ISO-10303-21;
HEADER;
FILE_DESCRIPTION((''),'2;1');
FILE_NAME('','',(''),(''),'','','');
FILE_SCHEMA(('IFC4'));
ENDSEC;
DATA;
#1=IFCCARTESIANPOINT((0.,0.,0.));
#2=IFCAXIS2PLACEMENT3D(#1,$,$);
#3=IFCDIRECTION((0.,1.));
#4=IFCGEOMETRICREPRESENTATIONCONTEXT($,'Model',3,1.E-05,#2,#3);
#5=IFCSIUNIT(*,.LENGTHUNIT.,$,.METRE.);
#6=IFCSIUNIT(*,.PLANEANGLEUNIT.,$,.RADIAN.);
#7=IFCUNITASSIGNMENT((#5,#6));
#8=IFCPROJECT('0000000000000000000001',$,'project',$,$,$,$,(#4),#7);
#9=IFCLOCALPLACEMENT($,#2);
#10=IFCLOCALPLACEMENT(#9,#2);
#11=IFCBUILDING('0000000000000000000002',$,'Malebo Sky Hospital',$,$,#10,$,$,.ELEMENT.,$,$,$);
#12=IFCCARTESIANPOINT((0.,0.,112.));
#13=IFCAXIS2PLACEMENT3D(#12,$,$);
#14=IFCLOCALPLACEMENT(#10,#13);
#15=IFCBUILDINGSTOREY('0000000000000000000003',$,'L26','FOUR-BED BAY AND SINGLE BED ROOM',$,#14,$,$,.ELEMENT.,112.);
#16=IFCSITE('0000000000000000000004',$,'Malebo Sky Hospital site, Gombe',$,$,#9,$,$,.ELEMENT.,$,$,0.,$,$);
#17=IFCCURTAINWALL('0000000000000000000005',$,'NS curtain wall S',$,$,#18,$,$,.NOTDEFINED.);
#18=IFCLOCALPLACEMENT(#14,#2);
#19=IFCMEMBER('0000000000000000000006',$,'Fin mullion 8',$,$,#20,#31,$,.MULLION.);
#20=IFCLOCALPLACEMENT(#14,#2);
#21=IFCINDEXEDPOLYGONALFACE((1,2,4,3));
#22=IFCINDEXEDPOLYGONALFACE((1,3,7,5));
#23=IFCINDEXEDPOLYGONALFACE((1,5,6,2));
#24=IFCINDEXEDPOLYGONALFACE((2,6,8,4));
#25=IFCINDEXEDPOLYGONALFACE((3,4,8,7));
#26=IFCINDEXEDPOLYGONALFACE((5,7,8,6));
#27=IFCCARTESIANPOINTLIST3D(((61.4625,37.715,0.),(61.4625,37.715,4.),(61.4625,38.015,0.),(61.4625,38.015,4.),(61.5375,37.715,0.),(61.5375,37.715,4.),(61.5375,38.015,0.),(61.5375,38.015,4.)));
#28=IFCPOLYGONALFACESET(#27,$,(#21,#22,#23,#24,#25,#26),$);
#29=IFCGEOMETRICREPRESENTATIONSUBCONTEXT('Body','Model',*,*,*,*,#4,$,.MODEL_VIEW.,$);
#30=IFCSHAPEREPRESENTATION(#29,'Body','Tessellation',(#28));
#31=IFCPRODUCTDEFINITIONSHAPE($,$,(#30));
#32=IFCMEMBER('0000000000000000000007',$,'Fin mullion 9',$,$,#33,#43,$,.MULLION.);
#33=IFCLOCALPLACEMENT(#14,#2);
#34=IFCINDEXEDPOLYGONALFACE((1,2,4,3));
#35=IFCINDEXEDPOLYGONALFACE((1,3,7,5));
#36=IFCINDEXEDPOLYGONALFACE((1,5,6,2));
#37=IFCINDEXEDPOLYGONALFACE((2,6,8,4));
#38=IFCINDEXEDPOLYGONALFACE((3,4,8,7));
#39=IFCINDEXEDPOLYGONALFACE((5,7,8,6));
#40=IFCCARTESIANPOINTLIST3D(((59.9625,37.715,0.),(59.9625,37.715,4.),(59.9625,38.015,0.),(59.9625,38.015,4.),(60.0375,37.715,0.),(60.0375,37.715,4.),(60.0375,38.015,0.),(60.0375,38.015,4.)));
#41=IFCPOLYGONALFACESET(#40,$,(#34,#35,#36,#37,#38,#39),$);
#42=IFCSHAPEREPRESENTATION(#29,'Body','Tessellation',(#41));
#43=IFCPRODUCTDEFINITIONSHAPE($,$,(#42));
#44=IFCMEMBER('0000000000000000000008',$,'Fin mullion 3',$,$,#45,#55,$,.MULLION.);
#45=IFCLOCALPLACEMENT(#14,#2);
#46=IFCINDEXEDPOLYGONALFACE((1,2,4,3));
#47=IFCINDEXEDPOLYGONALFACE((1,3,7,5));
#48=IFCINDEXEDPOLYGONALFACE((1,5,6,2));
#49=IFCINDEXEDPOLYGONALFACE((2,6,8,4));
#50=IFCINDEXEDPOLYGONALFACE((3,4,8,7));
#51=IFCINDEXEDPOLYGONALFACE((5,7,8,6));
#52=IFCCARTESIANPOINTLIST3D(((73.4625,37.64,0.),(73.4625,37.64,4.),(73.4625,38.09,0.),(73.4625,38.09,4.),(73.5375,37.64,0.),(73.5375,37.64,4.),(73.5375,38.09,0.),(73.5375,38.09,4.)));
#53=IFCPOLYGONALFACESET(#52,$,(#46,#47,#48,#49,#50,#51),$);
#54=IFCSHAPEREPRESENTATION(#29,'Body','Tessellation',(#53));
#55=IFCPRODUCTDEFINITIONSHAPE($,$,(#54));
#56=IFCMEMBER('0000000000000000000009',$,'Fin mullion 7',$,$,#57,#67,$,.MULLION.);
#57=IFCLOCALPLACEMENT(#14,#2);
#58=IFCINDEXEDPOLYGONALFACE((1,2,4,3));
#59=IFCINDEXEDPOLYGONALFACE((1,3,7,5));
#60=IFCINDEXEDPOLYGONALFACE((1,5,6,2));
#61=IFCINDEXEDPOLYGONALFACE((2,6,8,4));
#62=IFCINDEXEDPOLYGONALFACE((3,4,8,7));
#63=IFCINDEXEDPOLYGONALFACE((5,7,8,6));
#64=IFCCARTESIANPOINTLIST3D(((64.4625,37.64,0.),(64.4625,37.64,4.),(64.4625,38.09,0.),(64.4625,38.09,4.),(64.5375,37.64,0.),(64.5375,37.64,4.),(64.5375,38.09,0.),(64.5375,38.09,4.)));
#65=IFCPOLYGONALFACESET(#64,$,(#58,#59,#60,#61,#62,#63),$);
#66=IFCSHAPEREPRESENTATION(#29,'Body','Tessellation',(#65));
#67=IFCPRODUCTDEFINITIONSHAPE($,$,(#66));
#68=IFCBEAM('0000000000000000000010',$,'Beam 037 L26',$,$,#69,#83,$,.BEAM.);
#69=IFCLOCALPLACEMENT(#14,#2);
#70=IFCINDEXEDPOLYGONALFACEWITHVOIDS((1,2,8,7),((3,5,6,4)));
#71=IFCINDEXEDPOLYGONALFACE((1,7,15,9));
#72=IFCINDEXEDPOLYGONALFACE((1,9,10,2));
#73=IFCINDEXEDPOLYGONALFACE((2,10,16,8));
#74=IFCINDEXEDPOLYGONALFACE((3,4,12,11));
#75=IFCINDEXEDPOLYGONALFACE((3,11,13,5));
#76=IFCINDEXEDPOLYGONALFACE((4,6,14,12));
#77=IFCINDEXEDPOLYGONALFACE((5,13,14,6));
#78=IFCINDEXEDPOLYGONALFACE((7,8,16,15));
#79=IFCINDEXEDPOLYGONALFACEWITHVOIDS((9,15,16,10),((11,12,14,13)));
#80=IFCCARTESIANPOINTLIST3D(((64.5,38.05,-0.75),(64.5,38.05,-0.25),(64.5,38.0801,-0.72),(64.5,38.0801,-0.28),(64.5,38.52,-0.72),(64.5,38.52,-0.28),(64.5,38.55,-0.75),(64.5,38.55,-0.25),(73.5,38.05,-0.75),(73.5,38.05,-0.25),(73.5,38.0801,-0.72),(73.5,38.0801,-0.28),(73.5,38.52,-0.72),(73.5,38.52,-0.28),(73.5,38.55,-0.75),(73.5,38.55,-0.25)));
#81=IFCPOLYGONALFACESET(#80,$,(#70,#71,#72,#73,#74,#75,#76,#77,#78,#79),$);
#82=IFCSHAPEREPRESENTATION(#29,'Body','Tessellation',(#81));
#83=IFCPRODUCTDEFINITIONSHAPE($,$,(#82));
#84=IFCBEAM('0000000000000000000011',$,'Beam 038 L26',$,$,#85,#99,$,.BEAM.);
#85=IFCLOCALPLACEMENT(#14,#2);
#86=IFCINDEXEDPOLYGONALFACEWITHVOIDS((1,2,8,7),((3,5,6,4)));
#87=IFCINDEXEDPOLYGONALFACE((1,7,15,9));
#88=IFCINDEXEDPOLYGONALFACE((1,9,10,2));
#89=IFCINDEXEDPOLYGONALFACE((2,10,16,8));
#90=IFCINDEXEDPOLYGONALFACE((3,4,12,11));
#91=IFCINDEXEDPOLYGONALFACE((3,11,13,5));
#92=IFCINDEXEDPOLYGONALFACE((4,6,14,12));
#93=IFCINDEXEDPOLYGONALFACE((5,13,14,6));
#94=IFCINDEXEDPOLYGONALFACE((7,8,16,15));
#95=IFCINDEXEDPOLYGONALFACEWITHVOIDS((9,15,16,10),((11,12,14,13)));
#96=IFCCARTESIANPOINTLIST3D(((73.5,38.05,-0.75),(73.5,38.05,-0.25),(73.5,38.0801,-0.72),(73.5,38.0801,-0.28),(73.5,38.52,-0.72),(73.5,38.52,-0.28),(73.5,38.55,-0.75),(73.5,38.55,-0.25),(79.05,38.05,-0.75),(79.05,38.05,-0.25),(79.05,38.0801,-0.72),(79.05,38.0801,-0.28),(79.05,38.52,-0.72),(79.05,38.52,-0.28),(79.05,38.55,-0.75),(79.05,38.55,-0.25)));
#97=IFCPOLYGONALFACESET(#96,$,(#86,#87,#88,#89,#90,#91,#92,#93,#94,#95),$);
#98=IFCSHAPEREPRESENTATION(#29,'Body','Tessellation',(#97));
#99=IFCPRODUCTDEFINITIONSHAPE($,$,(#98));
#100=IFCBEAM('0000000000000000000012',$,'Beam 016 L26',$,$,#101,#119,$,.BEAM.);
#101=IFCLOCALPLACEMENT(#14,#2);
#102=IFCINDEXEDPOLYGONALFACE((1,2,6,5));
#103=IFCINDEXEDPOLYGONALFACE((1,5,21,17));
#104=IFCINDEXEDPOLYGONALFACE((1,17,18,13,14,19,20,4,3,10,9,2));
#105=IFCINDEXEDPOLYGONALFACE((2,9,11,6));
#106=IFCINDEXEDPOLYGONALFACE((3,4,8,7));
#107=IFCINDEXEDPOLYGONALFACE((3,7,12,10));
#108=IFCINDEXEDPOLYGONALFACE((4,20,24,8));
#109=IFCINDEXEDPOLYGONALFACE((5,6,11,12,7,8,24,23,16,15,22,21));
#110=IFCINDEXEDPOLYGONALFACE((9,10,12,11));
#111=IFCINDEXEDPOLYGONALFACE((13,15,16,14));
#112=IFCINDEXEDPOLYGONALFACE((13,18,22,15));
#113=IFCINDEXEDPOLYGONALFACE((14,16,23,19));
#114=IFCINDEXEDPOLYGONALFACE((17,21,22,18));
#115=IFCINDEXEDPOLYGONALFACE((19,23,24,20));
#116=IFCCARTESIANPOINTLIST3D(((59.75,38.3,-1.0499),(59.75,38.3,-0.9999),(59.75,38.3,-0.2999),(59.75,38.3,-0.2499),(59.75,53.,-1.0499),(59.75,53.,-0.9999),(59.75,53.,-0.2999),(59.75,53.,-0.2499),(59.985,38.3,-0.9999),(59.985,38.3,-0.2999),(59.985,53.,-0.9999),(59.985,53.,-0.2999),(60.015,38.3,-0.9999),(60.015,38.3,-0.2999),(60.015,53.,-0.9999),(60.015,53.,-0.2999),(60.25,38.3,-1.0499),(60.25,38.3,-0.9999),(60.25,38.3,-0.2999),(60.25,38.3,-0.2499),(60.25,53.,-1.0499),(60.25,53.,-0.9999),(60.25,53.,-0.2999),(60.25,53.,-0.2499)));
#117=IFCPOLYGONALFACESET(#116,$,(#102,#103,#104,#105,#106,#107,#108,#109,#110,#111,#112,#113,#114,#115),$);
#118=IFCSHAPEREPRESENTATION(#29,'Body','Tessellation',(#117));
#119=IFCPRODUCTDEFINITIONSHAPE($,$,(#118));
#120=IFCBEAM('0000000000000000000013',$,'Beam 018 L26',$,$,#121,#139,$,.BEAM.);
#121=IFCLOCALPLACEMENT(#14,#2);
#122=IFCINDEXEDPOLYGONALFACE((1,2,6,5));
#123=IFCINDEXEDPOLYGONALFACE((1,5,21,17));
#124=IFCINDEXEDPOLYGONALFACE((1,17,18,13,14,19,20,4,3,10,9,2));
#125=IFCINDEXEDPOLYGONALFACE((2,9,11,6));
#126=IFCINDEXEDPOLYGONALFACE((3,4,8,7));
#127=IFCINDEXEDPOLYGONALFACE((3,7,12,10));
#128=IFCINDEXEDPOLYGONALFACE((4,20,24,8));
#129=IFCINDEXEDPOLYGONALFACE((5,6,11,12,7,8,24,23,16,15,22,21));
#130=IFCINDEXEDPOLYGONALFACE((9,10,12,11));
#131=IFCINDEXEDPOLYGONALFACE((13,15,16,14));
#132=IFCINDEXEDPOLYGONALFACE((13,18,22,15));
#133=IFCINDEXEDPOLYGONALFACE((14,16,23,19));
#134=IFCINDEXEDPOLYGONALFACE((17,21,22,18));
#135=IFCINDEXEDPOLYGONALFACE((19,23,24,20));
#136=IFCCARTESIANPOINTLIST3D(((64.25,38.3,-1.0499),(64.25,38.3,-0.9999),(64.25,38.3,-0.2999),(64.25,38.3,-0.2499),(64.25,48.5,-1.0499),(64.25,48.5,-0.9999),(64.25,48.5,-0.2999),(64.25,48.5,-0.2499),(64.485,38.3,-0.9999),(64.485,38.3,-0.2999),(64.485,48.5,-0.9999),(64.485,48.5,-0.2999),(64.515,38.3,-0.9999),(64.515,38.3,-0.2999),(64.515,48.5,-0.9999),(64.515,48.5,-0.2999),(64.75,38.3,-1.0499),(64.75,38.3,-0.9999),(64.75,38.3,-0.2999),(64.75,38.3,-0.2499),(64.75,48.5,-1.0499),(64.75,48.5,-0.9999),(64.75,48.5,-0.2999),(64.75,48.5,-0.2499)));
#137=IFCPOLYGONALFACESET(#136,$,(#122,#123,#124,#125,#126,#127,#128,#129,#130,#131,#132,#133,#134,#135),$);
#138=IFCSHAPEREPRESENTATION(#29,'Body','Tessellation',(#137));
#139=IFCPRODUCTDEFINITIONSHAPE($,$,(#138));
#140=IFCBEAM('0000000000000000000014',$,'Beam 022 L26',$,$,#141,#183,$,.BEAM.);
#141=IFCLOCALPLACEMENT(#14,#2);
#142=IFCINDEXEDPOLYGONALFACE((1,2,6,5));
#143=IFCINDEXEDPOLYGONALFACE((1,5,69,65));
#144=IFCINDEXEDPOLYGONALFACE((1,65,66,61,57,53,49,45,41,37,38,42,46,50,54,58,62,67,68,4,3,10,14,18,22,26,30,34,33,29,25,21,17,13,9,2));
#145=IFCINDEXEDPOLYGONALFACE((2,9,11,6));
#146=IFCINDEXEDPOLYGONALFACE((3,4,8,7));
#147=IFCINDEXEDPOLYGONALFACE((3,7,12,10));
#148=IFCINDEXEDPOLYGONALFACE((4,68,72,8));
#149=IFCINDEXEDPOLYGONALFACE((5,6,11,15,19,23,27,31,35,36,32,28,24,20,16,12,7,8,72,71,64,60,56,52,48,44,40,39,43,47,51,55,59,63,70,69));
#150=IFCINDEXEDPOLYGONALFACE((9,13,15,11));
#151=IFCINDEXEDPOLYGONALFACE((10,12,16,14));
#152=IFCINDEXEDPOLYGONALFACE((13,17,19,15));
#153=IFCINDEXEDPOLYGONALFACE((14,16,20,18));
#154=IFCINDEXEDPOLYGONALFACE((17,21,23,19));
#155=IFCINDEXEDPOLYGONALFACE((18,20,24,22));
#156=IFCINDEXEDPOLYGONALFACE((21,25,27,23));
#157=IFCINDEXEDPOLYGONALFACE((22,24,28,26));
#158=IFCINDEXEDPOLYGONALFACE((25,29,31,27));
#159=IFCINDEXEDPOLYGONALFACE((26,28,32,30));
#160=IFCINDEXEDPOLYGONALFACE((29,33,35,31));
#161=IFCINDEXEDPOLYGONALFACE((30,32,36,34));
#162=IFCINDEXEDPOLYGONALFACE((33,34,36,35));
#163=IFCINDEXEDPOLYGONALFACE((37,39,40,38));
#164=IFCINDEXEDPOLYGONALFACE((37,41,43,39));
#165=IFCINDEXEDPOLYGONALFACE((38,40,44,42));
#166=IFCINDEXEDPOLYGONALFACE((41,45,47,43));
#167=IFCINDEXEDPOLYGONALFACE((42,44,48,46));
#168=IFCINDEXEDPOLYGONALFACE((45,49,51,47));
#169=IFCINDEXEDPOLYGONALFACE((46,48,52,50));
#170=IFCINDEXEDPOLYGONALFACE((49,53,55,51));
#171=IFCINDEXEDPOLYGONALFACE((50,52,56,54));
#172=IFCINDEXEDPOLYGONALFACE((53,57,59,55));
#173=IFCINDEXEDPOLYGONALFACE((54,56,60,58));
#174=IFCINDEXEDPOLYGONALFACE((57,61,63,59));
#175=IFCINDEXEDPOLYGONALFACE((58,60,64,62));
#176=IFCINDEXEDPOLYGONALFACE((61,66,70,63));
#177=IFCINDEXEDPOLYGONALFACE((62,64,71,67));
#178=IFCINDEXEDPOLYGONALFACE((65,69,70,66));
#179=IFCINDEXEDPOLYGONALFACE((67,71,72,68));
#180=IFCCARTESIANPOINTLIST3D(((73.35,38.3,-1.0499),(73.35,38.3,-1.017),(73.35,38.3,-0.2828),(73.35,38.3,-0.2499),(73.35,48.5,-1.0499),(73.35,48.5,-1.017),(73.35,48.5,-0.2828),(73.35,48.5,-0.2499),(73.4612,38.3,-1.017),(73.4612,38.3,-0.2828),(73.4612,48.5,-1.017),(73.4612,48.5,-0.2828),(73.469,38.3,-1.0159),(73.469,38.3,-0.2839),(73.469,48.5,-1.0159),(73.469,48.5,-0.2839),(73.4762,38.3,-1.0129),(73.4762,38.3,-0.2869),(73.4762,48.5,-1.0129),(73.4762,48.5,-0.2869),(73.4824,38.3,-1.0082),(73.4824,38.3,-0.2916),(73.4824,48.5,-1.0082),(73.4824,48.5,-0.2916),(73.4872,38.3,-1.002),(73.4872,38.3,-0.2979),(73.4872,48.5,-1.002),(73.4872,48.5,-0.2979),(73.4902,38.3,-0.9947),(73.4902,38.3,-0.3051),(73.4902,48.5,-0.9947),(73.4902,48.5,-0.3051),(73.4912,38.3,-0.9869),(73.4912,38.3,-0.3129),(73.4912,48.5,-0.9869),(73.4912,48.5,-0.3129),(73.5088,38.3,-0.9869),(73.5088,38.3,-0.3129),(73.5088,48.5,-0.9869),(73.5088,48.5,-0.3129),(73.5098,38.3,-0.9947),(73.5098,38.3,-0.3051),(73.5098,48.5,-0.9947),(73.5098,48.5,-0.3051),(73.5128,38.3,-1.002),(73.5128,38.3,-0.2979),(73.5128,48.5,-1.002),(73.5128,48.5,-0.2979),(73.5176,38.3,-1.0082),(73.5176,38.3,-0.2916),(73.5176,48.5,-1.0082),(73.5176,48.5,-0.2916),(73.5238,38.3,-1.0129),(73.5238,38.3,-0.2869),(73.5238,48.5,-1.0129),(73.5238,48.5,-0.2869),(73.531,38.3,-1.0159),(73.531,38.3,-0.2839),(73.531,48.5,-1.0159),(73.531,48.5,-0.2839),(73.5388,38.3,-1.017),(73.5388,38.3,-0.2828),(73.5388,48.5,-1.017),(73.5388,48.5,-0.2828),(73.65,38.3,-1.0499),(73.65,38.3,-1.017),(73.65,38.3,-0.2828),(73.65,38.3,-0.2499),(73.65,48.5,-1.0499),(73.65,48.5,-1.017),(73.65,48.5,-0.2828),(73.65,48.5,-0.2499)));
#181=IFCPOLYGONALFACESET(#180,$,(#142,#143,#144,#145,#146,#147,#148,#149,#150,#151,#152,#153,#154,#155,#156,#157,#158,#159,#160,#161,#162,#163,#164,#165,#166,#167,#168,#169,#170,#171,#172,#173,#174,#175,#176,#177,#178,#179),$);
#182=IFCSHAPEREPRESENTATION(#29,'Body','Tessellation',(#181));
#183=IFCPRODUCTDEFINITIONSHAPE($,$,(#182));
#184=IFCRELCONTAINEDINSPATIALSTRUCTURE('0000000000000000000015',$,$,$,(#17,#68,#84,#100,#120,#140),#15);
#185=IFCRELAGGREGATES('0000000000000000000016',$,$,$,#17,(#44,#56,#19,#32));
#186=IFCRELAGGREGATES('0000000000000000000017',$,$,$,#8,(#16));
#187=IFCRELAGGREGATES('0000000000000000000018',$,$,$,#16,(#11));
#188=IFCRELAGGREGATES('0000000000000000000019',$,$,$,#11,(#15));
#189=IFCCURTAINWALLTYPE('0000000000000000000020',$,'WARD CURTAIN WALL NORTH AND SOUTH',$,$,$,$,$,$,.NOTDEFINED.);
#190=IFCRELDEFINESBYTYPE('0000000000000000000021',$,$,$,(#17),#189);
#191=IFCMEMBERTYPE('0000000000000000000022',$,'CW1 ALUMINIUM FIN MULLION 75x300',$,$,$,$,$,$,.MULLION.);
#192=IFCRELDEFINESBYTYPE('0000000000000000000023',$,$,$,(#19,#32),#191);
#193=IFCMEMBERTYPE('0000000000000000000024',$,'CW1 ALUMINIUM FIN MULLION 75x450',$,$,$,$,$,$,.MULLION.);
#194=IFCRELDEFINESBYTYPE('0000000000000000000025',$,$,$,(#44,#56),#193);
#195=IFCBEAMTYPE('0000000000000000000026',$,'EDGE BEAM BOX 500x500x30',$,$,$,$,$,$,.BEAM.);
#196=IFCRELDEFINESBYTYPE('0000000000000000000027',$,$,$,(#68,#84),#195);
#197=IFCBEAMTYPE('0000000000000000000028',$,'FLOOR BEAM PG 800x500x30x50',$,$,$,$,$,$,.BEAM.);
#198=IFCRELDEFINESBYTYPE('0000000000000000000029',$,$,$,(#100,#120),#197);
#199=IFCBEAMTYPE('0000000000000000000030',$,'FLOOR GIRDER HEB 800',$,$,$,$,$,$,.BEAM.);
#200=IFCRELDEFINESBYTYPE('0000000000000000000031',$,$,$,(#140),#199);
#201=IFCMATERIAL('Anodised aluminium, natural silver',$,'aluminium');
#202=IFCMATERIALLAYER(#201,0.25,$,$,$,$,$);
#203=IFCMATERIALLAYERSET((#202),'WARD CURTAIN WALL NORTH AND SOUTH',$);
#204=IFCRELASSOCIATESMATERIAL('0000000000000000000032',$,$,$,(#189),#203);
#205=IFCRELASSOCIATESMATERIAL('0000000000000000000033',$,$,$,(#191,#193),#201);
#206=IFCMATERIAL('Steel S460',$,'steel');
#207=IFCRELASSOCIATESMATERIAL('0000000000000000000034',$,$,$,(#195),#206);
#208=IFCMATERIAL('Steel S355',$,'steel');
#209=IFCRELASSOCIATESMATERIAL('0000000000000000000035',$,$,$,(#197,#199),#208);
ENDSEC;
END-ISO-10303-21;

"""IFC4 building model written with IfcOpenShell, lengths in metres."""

from ifc_helpers import new_model, si_unit, direction, frame, origin, origin_2d, place, context, subcontext, project, spatial, rectangle, hollow_rectangle, i_section, extrude, material, layer, layer_set, material_profile, profile_set, type_object, element, aggregate, save


model = new_model("IFC4")

# Units and contexts
model_context = context("Model", 3, precision=1e-05, world=origin(), true_north=direction((0.0, 1.0)))
body_context = subcontext(model_context, "Body", "Model", "MODEL_VIEW")
ifc_project = project(units=[si_unit("LENGTHUNIT", "METRE"), si_unit("PLANEANGLEUNIT", "RADIAN")], contexts=[model_context])

# Site, building, storey
site_placement = place(None, origin())
site = spatial("IfcSite", under=ifc_project, at=site_placement, Name="Malebo Sky Hospital site, Gombe", CompositionType="ELEMENT", RefElevation=0.0)
building_placement = place(site_placement, origin())
building = spatial("IfcBuilding", under=site, at=building_placement, Name="Malebo Sky Hospital", CompositionType="ELEMENT")
storey_placement = place(building_placement, frame((0.0, 0.0, 112.0)))
storey = spatial("IfcBuildingStorey", under=building, at=storey_placement, Name="L26", Description="FOUR-BED BAY AND SINGLE BED ROOM", CompositionType="ELEMENT", Elevation=112.0)

# Shared definitions
ifc_material_1 = material(Name="Steel S460", Category="steel")

# Curtain wall
ifc_material_2 = material(Name="Anodised aluminium, natural silver", Category="aluminium")
ifc_layer_1 = layer(ifc_material_2, 0.25)
ifc_layer_set_1 = layer_set([ifc_layer_1], Name="WARD CURTAIN WALL NORTH AND SOUTH")
curtain_wall_type = type_object("IfcCurtainWallType", Name="WARD CURTAIN WALL NORTH AND SOUTH", PredefinedType="NOTDEFINED", material=ifc_layer_set_1)
curtain_wall_placement = place(storey_placement, origin())
curtain_wall = element("IfcCurtainWall", 1, at=curtain_wall_placement, inside=storey, type_object=curtain_wall_type, Name="NS curtain wall S", PredefinedType="NOTDEFINED")

# Members
ifc_material_3 = material(Name="Steel S355", Category="steel")
ifc_material_profile_1 = material_profile(ifc_material_2, rectangle(XDim=0.075, YDim=0.3, at=origin_2d()), Name="CW1 ALUMINIUM FIN MULLION 75x300")
ifc_profile_set_1 = profile_set([ifc_material_profile_1], Name="Anodised aluminium, natural silver")
member_type_1 = type_object("IfcMemberType", Name="CW1 ALUMINIUM FIN MULLION 75x300", PredefinedType="MULLION", material=ifc_profile_set_1)
member_1_placement = place(storey_placement, frame((61.5, 37.865, 0.0), z_axis=(0.0, 0.0, 1.0), x_axis=(-1.0, 0.0, 0.0)))
member_1 = element("IfcMember", 2, at=member_1_placement, type_object=member_type_1, Name="Fin mullion 8", PredefinedType="MULLION", context=body_context, shape_type="SweptSolid", body=[
    extrude(rectangle(XDim=0.075, YDim=0.3, at=origin_2d()), origin(), (0.0, 0.0, 1.0), 4.0),
])
member_2_placement = place(storey_placement, frame((60.0, 37.865, 0.0), z_axis=(0.0, 0.0, 1.0), x_axis=(-1.0, 0.0, 0.0)))
member_2 = element("IfcMember", 3, at=member_2_placement, type_object=member_type_1, Name="Fin mullion 9", PredefinedType="MULLION", context=body_context, shape_type="SweptSolid", body=[
    extrude(rectangle(XDim=0.075, YDim=0.3, at=origin_2d()), origin(), (0.0, 0.0, 1.0), 4.0),
])
ifc_material_profile_2 = material_profile(ifc_material_2, rectangle(XDim=0.075, YDim=0.45, at=origin_2d()), Name="CW1 ALUMINIUM FIN MULLION 75x450")
ifc_profile_set_2 = profile_set([ifc_material_profile_2], Name="Anodised aluminium, natural silver")
member_type_2 = type_object("IfcMemberType", Name="CW1 ALUMINIUM FIN MULLION 75x450", PredefinedType="MULLION", material=ifc_profile_set_2)
member_3_placement = place(storey_placement, frame((73.5, 37.865, 0.0), z_axis=(0.0, 0.0, 1.0), x_axis=(-1.0, 0.0, 0.0)))
member_3 = element("IfcMember", 4, at=member_3_placement, type_object=member_type_2, Name="Fin mullion 3", PredefinedType="MULLION", context=body_context, shape_type="SweptSolid", body=[
    extrude(rectangle(XDim=0.075, YDim=0.45, at=origin_2d()), origin(), (0.0, 0.0, 1.0), 4.0),
])
member_4_placement = place(storey_placement, frame((64.5, 37.865, 0.0), z_axis=(0.0, 0.0, 1.0), x_axis=(-1.0, 0.0, 0.0)))
member_4 = element("IfcMember", 5, at=member_4_placement, type_object=member_type_2, Name="Fin mullion 7", PredefinedType="MULLION", context=body_context, shape_type="SweptSolid", body=[
    extrude(rectangle(XDim=0.075, YDim=0.45, at=origin_2d()), origin(), (0.0, 0.0, 1.0), 4.0),
])

# Beams
ifc_material_profile_3 = material_profile(ifc_material_1, hollow_rectangle(XDim=0.5, YDim=0.5, WallThickness=0.03, at=origin_2d()), Name="BOX 500x500x30")
ifc_profile_set_3 = profile_set([ifc_material_profile_3], Name="Steel S460")
beam_type_1 = type_object("IfcBeamType", Name="EDGE BEAM BOX 500x500x30", PredefinedType="BEAM", material=ifc_profile_set_3)
beam_1_placement = place(storey_placement, frame((64.5, 38.3, -0.5), z_axis=(1.0, 0.0, 0.0), x_axis=(0.0, 1.0, 0.0)))
element("IfcBeam", 6, at=beam_1_placement, inside=storey, type_object=beam_type_1, Name="Beam 037 L26", PredefinedType="BEAM", context=body_context, shape_type="SweptSolid", body=[
    extrude(hollow_rectangle(XDim=0.5, YDim=0.5, WallThickness=0.03, at=origin_2d()), origin(), (0.0, 0.0, 1.0), 9.0),
])
beam_2_placement = place(storey_placement, frame((73.5, 38.3, -0.5), z_axis=(1.0, 0.0, 0.0), x_axis=(0.0, 1.0, 0.0)))
element("IfcBeam", 7, at=beam_2_placement, inside=storey, type_object=beam_type_1, Name="Beam 038 L26", PredefinedType="BEAM", context=body_context, shape_type="SweptSolid", body=[
    extrude(hollow_rectangle(XDim=0.5, YDim=0.5, WallThickness=0.03, at=origin_2d()), origin(), (0.0, 0.0, 1.0), 5.55),
])
ifc_material_profile_4 = material_profile(ifc_material_3, i_section(OverallWidth=0.5, OverallDepth=0.8, WebThickness=0.03, FlangeThickness=0.05, at=origin_2d()), Name="PG 800x500x30x50")
ifc_profile_set_4 = profile_set([ifc_material_profile_4], Name="Steel S355")
beam_type_2 = type_object("IfcBeamType", Name="FLOOR BEAM PG 800x500x30x50", PredefinedType="BEAM", material=ifc_profile_set_4)
beam_3_placement = place(storey_placement, frame((60.0, 38.3, -0.6499), z_axis=(0.0, 1.0, 0.0), x_axis=(-1.0, 0.0, 0.0)))
element("IfcBeam", 8, at=beam_3_placement, inside=storey, type_object=beam_type_2, Name="Beam 016 L26", PredefinedType="BEAM", context=body_context, shape_type="SweptSolid", body=[
    extrude(i_section(OverallWidth=0.5, OverallDepth=0.8, WebThickness=0.03, FlangeThickness=0.05, at=origin_2d()), origin(), (0.0, 0.0, 1.0), 14.7),
])
beam_4_placement = place(storey_placement, frame((64.5, 38.3, -0.6499), z_axis=(0.0, 1.0, 0.0), x_axis=(-1.0, 0.0, 0.0)))
element("IfcBeam", 9, at=beam_4_placement, inside=storey, type_object=beam_type_2, Name="Beam 018 L26", PredefinedType="BEAM", context=body_context, shape_type="SweptSolid", body=[
    extrude(i_section(OverallWidth=0.5, OverallDepth=0.8, WebThickness=0.03, FlangeThickness=0.05, at=origin_2d()), origin(), (0.0, 0.0, 1.0), 10.2),
])
ifc_material_profile_5 = material_profile(ifc_material_3, i_section(OverallWidth=0.3, OverallDepth=0.8, WebThickness=0.0176, FlangeThickness=0.033, FilletRadius=0.03, at=origin_2d()), Name="HEB 800")
ifc_profile_set_5 = profile_set([ifc_material_profile_5], Name="Steel S355")
beam_type_3 = type_object("IfcBeamType", Name="FLOOR GIRDER HEB 800", PredefinedType="BEAM", material=ifc_profile_set_5)
beam_5_placement = place(storey_placement, frame((73.5, 38.3, -0.6499), z_axis=(0.0, 1.0, 0.0), x_axis=(-1.0, 0.0, 0.0)))
element("IfcBeam", 10, at=beam_5_placement, inside=storey, type_object=beam_type_3, Name="Beam 022 L26", PredefinedType="BEAM", context=body_context, shape_type="SweptSolid", body=[
    extrude(i_section(OverallWidth=0.3, OverallDepth=0.8, WebThickness=0.0176, FlangeThickness=0.033, FilletRadius=0.03, at=origin_2d()), origin(), (0.0, 0.0, 1.0), 10.2),
])

aggregate(curtain_wall, [member_3, member_4, member_1, member_2])

save(model, "model.ifc")
